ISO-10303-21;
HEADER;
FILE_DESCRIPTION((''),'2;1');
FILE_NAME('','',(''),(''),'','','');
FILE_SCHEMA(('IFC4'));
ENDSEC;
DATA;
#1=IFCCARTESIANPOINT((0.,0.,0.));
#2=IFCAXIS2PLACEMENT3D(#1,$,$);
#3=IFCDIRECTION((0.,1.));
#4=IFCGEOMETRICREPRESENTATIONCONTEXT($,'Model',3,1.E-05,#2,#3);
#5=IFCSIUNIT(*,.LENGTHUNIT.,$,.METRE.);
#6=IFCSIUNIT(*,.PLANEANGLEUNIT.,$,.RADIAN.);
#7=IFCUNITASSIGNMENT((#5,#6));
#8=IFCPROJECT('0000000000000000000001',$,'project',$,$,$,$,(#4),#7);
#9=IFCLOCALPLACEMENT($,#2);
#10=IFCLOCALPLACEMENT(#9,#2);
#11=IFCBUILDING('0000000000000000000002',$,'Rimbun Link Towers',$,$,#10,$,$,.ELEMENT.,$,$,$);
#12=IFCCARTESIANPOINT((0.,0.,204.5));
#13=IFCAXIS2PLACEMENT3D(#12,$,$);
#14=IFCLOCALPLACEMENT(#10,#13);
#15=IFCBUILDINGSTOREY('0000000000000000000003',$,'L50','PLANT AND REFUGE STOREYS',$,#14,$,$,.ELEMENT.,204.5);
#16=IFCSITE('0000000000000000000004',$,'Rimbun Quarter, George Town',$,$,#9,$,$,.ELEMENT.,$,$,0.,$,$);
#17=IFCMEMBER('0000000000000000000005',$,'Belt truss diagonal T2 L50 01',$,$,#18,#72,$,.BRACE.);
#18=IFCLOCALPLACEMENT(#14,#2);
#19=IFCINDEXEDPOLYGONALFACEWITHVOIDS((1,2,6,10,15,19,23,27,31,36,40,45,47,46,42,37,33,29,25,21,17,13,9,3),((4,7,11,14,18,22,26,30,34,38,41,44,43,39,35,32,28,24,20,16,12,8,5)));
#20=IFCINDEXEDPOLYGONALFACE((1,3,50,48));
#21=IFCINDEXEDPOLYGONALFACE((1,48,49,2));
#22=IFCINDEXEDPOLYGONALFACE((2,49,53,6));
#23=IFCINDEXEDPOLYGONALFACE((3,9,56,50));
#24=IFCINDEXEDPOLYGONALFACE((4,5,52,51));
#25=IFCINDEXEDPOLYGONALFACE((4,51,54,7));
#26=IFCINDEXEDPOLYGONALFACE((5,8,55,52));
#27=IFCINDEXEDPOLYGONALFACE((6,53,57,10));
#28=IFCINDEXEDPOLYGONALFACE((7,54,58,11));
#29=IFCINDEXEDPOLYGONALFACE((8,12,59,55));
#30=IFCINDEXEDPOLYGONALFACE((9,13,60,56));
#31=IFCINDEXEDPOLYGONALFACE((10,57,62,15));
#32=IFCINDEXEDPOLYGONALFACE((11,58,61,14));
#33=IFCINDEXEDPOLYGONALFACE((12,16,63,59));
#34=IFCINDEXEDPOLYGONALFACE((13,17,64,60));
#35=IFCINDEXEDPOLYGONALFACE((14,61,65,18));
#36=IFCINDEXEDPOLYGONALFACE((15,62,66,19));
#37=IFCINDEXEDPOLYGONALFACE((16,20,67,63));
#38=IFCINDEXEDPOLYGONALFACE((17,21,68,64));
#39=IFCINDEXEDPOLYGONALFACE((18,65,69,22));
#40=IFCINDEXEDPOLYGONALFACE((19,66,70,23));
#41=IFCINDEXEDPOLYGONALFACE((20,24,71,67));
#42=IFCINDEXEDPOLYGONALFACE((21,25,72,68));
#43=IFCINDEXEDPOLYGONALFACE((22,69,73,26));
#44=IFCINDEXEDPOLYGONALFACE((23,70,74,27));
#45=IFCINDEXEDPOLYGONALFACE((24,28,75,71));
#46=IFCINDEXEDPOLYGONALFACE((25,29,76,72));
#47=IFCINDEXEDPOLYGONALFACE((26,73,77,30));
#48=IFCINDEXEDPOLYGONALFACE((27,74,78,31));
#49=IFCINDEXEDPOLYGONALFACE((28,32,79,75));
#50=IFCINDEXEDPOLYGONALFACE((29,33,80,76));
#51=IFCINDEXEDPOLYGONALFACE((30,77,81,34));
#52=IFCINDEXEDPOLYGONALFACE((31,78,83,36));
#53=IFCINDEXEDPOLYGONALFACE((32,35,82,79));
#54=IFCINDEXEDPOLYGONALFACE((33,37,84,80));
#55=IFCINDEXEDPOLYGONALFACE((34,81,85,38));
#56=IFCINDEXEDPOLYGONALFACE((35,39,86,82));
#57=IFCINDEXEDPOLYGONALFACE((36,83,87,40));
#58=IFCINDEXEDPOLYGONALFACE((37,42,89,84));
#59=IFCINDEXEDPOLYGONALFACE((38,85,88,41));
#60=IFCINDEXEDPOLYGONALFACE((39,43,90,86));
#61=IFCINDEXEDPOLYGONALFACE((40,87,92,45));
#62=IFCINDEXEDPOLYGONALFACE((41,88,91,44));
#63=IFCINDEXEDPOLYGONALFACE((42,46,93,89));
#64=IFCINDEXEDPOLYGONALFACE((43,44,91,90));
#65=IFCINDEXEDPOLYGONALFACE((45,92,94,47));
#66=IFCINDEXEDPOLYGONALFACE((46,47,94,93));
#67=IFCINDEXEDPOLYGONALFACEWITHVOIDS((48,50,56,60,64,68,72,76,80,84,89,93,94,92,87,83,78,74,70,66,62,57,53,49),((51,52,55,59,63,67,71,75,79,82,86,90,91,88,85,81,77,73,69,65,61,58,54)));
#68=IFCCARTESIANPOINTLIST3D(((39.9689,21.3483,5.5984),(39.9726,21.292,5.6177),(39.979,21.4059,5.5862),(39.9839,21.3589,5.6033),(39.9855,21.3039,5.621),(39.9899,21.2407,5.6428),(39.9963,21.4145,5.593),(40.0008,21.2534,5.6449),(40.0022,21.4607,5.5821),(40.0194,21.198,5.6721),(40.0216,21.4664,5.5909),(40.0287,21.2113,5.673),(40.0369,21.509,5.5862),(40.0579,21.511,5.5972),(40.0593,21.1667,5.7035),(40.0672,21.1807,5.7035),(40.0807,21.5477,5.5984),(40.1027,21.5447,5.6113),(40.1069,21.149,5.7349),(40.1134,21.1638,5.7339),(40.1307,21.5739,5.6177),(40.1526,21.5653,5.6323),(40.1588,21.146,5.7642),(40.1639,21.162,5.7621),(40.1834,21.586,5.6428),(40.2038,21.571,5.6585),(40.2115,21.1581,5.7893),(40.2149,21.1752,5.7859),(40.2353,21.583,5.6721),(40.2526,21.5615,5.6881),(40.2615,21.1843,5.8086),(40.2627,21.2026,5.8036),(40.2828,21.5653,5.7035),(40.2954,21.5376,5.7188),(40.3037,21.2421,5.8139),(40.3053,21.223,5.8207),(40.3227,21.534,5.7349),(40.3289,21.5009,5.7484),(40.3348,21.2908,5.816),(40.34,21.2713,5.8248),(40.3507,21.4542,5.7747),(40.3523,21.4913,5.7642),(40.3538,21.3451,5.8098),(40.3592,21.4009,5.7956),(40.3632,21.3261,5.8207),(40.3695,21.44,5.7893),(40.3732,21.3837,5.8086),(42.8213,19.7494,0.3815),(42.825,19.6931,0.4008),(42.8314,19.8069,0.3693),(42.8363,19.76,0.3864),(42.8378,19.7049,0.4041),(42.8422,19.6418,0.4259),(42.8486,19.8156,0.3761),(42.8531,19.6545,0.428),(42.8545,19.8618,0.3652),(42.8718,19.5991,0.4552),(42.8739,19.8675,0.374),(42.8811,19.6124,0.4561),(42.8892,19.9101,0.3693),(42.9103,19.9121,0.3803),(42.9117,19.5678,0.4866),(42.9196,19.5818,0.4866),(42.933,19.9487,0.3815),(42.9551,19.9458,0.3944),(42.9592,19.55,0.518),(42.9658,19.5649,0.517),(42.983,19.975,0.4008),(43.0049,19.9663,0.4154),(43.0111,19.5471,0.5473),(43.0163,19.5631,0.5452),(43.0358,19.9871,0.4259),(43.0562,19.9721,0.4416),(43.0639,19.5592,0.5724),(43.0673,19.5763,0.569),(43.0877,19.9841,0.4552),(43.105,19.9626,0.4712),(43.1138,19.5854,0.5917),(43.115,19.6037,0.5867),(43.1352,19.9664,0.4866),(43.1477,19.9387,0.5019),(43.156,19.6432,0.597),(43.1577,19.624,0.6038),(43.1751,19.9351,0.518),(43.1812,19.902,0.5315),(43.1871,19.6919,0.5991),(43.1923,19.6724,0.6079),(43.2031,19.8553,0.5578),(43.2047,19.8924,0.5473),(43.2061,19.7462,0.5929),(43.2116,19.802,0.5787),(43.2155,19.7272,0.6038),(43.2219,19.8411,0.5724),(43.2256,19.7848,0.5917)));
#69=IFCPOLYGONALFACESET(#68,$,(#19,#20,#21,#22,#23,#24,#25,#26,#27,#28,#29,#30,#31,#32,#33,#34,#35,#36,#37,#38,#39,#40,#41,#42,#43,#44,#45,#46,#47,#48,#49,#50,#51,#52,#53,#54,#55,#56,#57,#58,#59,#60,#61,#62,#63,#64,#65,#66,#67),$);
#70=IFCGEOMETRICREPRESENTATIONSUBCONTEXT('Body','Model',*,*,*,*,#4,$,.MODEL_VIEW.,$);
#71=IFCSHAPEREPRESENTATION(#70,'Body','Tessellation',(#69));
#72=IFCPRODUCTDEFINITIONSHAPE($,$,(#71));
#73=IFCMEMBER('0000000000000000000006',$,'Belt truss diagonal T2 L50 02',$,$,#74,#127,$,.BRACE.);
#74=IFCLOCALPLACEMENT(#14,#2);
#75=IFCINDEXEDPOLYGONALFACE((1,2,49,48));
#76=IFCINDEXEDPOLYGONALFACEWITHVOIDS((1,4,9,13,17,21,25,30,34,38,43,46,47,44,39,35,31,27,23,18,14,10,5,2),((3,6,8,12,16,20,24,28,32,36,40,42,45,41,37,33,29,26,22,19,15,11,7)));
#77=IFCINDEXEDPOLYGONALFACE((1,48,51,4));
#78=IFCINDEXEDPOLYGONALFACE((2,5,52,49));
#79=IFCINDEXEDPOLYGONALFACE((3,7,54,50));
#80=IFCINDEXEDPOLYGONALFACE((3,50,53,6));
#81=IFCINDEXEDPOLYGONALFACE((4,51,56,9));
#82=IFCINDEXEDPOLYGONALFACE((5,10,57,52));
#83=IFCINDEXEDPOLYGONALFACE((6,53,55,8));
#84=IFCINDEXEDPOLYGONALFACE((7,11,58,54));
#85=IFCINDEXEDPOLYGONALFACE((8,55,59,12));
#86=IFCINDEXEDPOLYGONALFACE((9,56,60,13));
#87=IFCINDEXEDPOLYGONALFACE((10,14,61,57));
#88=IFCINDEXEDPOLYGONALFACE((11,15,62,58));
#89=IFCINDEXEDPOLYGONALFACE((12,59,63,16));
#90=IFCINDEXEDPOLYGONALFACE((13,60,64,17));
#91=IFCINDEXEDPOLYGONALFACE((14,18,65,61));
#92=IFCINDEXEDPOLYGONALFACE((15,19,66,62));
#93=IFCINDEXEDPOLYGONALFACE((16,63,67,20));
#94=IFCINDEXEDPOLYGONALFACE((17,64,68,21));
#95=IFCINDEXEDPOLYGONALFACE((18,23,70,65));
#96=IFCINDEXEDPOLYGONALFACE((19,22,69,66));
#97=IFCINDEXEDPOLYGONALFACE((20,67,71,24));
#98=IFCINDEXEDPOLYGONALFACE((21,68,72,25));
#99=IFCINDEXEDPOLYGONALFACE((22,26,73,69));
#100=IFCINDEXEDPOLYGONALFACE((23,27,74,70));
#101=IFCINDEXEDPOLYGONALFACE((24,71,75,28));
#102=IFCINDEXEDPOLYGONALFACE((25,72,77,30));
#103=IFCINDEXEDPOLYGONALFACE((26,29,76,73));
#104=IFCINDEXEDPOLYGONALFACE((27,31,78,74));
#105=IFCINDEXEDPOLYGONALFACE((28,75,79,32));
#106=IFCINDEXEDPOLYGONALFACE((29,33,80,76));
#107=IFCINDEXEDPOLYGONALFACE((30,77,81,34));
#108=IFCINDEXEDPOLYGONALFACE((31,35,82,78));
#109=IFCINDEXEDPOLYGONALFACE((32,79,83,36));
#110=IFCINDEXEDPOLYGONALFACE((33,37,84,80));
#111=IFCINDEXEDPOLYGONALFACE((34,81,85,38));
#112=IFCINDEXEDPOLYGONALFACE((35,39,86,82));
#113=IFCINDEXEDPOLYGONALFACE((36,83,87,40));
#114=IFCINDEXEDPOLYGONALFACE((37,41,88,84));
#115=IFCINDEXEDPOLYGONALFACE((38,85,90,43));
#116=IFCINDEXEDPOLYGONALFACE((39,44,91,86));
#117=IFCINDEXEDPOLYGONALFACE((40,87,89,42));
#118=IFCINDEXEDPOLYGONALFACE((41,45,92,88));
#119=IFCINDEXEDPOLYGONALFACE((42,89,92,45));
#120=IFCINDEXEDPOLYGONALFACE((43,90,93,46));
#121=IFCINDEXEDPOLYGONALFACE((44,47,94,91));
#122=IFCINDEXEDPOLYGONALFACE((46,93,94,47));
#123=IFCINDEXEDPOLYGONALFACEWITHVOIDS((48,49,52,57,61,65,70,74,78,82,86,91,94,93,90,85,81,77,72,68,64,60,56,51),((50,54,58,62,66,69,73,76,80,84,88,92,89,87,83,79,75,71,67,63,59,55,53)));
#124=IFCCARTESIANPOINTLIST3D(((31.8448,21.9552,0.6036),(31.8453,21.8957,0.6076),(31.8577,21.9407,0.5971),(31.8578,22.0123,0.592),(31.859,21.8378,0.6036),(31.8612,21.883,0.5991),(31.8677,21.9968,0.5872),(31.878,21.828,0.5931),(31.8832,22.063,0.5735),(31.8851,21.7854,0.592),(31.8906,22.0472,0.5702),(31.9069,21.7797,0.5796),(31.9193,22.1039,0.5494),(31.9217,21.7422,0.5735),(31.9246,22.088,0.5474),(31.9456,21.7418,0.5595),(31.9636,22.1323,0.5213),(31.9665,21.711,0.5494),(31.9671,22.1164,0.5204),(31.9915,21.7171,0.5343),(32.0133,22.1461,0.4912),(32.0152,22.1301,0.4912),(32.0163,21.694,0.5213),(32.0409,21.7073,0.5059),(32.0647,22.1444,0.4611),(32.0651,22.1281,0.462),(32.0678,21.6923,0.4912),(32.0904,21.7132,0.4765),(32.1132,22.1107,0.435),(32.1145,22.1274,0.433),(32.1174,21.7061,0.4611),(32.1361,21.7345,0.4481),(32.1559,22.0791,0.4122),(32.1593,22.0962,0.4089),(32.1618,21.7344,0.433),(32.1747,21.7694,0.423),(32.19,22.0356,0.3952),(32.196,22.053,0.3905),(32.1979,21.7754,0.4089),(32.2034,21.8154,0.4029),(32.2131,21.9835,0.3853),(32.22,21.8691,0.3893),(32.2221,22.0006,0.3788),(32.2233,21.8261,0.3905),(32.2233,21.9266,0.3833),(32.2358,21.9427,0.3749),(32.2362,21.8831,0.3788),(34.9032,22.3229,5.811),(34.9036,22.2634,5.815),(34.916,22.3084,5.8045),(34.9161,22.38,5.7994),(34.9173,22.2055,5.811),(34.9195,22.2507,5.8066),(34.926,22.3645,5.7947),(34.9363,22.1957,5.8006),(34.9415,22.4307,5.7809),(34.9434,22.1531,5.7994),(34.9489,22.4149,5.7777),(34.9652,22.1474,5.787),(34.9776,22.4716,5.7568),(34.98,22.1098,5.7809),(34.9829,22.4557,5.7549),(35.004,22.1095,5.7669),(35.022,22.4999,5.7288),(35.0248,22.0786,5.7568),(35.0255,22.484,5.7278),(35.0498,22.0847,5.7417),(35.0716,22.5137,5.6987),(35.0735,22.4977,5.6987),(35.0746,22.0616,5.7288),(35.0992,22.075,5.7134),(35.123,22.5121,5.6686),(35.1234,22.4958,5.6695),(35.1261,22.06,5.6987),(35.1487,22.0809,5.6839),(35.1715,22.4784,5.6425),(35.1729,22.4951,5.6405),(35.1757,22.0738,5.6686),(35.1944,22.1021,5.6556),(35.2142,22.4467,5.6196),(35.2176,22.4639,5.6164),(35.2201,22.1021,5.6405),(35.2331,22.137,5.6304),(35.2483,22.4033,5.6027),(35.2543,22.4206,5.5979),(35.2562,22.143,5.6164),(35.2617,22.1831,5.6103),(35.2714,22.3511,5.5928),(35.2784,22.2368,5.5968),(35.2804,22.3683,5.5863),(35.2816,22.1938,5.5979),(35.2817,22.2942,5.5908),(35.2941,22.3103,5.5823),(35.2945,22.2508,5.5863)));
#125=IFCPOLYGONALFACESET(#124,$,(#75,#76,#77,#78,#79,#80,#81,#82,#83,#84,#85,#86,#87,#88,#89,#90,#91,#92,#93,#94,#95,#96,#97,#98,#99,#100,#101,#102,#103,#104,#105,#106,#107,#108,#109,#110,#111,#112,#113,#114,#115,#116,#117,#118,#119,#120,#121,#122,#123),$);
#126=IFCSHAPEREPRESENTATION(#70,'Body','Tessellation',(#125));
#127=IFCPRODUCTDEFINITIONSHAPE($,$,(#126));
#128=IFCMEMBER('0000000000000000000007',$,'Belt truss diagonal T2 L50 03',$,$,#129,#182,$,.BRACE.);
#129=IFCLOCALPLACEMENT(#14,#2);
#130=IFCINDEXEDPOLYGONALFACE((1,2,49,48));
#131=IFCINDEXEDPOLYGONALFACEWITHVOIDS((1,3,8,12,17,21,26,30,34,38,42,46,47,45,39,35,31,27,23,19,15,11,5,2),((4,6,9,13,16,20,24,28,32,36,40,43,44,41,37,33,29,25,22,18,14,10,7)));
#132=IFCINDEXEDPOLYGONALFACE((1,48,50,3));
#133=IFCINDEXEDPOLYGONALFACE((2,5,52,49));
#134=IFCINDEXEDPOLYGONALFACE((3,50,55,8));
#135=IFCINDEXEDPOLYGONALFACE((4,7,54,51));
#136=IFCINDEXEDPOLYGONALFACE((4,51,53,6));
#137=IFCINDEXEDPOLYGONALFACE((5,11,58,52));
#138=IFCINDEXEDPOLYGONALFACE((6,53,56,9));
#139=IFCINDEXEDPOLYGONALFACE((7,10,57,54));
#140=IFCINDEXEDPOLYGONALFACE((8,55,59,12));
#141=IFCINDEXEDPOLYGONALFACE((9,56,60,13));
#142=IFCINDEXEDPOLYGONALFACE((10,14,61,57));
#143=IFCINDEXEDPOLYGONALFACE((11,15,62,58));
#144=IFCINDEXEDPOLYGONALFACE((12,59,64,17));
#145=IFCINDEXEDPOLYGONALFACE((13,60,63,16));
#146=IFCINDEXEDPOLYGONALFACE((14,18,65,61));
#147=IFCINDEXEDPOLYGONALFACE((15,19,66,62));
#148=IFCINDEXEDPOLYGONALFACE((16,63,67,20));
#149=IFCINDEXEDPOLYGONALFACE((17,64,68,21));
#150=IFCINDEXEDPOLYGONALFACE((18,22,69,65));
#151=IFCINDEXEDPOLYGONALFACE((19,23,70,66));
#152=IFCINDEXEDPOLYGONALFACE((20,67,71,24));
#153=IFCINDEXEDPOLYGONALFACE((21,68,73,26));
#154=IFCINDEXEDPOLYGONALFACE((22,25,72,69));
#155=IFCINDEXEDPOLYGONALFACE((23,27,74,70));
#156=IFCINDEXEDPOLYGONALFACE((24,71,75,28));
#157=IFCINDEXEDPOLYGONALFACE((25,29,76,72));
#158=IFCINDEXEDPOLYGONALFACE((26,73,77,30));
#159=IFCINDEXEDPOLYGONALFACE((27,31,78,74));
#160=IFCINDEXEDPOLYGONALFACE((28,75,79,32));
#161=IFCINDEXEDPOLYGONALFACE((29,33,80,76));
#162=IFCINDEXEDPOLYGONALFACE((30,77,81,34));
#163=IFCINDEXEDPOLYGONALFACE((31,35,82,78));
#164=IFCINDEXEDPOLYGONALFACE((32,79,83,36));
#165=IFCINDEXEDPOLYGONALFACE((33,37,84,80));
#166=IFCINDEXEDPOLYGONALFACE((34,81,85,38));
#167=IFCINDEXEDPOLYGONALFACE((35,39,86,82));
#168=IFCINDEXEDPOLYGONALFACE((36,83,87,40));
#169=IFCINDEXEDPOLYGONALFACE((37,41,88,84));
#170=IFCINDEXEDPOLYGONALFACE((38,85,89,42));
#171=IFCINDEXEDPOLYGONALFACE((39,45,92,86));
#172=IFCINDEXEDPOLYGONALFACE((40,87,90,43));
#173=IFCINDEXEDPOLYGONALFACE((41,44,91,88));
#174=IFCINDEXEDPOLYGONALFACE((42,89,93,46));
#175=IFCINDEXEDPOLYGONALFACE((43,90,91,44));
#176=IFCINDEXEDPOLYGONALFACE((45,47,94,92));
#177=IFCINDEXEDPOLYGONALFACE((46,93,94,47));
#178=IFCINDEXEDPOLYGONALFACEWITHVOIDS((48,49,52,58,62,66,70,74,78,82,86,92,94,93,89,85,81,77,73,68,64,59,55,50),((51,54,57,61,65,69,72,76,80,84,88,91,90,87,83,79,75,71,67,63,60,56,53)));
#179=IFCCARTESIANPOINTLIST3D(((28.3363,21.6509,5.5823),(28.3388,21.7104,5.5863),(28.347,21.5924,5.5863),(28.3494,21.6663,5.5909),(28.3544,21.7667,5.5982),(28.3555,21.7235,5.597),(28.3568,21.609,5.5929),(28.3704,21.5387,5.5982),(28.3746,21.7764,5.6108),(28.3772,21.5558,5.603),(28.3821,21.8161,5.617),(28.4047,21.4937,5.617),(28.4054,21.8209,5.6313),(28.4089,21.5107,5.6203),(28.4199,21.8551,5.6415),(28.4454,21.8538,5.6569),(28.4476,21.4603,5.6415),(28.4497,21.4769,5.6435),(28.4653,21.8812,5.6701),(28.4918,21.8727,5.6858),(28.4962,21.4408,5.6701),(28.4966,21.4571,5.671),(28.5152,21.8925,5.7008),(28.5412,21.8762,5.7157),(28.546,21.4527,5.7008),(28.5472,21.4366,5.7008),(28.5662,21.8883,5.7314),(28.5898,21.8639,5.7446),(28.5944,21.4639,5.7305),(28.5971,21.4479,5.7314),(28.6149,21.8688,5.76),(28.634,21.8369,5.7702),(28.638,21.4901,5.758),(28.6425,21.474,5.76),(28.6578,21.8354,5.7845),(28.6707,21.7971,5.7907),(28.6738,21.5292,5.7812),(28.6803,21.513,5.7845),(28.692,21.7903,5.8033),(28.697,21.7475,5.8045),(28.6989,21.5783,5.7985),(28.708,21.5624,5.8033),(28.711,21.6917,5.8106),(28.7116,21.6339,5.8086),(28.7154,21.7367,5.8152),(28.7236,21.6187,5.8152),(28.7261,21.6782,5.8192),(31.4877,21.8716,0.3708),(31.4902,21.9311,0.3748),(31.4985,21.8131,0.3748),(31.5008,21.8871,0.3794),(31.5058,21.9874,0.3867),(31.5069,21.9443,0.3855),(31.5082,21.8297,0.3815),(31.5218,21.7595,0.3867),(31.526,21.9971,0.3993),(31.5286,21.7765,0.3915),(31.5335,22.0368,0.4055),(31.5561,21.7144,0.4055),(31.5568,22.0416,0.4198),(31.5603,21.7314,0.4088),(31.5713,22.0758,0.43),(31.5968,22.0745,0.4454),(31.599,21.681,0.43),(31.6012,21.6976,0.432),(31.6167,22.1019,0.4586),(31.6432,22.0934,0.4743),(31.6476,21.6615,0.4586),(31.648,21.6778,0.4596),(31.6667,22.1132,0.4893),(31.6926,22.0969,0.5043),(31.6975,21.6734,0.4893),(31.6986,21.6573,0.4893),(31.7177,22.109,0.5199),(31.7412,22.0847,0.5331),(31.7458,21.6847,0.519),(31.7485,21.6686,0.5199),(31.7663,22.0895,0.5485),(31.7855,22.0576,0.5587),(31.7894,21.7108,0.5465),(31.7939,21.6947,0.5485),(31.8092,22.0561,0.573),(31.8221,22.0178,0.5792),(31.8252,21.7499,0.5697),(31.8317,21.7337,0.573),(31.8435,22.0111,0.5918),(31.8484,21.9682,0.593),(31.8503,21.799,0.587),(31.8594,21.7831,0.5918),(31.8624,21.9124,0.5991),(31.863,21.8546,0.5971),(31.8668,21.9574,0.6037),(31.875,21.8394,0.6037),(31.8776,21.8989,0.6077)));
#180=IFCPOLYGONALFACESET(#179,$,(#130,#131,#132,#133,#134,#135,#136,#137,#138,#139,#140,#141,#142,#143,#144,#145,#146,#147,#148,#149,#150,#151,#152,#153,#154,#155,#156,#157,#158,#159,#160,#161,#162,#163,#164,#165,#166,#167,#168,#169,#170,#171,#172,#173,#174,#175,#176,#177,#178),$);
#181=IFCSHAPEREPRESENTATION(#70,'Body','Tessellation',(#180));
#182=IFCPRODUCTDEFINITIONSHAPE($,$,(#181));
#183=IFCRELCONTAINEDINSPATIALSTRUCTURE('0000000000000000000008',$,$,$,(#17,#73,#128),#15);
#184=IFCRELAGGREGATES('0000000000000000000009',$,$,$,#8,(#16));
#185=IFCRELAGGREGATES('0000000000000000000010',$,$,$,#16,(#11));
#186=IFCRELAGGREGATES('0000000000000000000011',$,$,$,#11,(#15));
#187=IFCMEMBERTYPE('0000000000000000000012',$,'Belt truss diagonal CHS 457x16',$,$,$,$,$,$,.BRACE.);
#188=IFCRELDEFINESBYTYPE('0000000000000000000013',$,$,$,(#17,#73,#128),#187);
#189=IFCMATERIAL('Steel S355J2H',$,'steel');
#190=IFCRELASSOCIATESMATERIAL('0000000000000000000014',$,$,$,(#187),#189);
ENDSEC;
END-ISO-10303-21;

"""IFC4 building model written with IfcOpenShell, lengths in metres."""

from ifc_helpers import new_model, si_unit, direction, frame, origin, origin_2d, place, context, subcontext, project, spatial, hollow_circle, extrude, material, material_profile, profile_set, type_object, element, save


model = new_model("IFC4")

# Units and contexts
model_context = context("Model", 3, precision=1e-05, world=origin(), true_north=direction((0.0, 1.0)))
body_context = subcontext(model_context, "Body", "Model", "MODEL_VIEW")
ifc_project = project(units=[si_unit("LENGTHUNIT", "METRE"), si_unit("PLANEANGLEUNIT", "RADIAN")], contexts=[model_context])

# Site, building, storey
site_placement = place(None, origin())
site = spatial("IfcSite", under=ifc_project, at=site_placement, Name="Rimbun Quarter, George Town", CompositionType="ELEMENT", RefElevation=0.0)
building_placement = place(site_placement, origin())
building = spatial("IfcBuilding", under=site, at=building_placement, Name="Rimbun Link Towers", CompositionType="ELEMENT")
storey_placement = place(building_placement, frame((0.0, 0.0, 204.5)))
storey = spatial("IfcBuildingStorey", under=building, at=storey_placement, Name="L50", Description="PLANT AND REFUGE STOREYS", CompositionType="ELEMENT", Elevation=204.5)

# Members
ifc_material_1 = material(Name="Steel S355J2H", Category="steel")
ifc_material_profile_1 = material_profile(ifc_material_1, hollow_circle(Radius=0.2285, WallThickness=0.0161, at=origin_2d()), Name="Belt truss diagonal CHS 457x16")
ifc_profile_set_1 = profile_set([ifc_material_profile_1], Name="Steel S355J2H")
member_type_1 = type_object("IfcMemberType", Name="Belt truss diagonal CHS 457x16", PredefinedType="BRACE", material=ifc_profile_set_1)
member_1_placement = place(storey_placement, frame((43.0234, 19.7671, 0.4866), z_axis=(-0.463271, 0.25969, 0.847314), x_axis=(-0.488974, -0.872298, 0.0)))
element("IfcMember", 1, at=member_1_placement, inside=storey, type_object=member_type_1, Name="Belt truss diagonal T2 L50 01", PredefinedType="BRACE", context=body_context, shape_type="SweptSolid", body=[
    extrude(hollow_circle(Radius=0.2285, WallThickness=0.0161, at=origin_2d()), origin(), (0.0, 0.0, 1.0), 6.157),
])
member_2_placement = place(storey_placement, frame((32.0405, 21.9192, 0.4912), z_axis=(0.505482, 0.060769, 0.860695), x_axis=(-0.119361, 0.992851, 0.0)))
element("IfcMember", 2, at=member_2_placement, inside=storey, type_object=member_type_1, Name="Belt truss diagonal T2 L50 02", PredefinedType="BRACE", context=body_context, shape_type="SweptSolid", body=[
    extrude(hollow_circle(Radius=0.2285, WallThickness=0.0161, at=origin_2d()), origin(), (0.0, 0.0, 1.0), 6.0503),
])
member_3_placement = place(storey_placement, frame((31.6826, 21.8853, 0.4893), z_axis=(-0.517113, -0.036216, 0.855151), x_axis=(0.069863, -0.997557, 0.0)))
element("IfcMember", 3, at=member_3_placement, inside=storey, type_object=member_type_1, Name="Belt truss diagonal T2 L50 03", PredefinedType="BRACE", context=body_context, shape_type="SweptSolid", body=[
    extrude(hollow_circle(Radius=0.2285, WallThickness=0.0161, at=origin_2d()), origin(), (0.0, 0.0, 1.0), 6.0942),
])

save(model, "model.ifc")
